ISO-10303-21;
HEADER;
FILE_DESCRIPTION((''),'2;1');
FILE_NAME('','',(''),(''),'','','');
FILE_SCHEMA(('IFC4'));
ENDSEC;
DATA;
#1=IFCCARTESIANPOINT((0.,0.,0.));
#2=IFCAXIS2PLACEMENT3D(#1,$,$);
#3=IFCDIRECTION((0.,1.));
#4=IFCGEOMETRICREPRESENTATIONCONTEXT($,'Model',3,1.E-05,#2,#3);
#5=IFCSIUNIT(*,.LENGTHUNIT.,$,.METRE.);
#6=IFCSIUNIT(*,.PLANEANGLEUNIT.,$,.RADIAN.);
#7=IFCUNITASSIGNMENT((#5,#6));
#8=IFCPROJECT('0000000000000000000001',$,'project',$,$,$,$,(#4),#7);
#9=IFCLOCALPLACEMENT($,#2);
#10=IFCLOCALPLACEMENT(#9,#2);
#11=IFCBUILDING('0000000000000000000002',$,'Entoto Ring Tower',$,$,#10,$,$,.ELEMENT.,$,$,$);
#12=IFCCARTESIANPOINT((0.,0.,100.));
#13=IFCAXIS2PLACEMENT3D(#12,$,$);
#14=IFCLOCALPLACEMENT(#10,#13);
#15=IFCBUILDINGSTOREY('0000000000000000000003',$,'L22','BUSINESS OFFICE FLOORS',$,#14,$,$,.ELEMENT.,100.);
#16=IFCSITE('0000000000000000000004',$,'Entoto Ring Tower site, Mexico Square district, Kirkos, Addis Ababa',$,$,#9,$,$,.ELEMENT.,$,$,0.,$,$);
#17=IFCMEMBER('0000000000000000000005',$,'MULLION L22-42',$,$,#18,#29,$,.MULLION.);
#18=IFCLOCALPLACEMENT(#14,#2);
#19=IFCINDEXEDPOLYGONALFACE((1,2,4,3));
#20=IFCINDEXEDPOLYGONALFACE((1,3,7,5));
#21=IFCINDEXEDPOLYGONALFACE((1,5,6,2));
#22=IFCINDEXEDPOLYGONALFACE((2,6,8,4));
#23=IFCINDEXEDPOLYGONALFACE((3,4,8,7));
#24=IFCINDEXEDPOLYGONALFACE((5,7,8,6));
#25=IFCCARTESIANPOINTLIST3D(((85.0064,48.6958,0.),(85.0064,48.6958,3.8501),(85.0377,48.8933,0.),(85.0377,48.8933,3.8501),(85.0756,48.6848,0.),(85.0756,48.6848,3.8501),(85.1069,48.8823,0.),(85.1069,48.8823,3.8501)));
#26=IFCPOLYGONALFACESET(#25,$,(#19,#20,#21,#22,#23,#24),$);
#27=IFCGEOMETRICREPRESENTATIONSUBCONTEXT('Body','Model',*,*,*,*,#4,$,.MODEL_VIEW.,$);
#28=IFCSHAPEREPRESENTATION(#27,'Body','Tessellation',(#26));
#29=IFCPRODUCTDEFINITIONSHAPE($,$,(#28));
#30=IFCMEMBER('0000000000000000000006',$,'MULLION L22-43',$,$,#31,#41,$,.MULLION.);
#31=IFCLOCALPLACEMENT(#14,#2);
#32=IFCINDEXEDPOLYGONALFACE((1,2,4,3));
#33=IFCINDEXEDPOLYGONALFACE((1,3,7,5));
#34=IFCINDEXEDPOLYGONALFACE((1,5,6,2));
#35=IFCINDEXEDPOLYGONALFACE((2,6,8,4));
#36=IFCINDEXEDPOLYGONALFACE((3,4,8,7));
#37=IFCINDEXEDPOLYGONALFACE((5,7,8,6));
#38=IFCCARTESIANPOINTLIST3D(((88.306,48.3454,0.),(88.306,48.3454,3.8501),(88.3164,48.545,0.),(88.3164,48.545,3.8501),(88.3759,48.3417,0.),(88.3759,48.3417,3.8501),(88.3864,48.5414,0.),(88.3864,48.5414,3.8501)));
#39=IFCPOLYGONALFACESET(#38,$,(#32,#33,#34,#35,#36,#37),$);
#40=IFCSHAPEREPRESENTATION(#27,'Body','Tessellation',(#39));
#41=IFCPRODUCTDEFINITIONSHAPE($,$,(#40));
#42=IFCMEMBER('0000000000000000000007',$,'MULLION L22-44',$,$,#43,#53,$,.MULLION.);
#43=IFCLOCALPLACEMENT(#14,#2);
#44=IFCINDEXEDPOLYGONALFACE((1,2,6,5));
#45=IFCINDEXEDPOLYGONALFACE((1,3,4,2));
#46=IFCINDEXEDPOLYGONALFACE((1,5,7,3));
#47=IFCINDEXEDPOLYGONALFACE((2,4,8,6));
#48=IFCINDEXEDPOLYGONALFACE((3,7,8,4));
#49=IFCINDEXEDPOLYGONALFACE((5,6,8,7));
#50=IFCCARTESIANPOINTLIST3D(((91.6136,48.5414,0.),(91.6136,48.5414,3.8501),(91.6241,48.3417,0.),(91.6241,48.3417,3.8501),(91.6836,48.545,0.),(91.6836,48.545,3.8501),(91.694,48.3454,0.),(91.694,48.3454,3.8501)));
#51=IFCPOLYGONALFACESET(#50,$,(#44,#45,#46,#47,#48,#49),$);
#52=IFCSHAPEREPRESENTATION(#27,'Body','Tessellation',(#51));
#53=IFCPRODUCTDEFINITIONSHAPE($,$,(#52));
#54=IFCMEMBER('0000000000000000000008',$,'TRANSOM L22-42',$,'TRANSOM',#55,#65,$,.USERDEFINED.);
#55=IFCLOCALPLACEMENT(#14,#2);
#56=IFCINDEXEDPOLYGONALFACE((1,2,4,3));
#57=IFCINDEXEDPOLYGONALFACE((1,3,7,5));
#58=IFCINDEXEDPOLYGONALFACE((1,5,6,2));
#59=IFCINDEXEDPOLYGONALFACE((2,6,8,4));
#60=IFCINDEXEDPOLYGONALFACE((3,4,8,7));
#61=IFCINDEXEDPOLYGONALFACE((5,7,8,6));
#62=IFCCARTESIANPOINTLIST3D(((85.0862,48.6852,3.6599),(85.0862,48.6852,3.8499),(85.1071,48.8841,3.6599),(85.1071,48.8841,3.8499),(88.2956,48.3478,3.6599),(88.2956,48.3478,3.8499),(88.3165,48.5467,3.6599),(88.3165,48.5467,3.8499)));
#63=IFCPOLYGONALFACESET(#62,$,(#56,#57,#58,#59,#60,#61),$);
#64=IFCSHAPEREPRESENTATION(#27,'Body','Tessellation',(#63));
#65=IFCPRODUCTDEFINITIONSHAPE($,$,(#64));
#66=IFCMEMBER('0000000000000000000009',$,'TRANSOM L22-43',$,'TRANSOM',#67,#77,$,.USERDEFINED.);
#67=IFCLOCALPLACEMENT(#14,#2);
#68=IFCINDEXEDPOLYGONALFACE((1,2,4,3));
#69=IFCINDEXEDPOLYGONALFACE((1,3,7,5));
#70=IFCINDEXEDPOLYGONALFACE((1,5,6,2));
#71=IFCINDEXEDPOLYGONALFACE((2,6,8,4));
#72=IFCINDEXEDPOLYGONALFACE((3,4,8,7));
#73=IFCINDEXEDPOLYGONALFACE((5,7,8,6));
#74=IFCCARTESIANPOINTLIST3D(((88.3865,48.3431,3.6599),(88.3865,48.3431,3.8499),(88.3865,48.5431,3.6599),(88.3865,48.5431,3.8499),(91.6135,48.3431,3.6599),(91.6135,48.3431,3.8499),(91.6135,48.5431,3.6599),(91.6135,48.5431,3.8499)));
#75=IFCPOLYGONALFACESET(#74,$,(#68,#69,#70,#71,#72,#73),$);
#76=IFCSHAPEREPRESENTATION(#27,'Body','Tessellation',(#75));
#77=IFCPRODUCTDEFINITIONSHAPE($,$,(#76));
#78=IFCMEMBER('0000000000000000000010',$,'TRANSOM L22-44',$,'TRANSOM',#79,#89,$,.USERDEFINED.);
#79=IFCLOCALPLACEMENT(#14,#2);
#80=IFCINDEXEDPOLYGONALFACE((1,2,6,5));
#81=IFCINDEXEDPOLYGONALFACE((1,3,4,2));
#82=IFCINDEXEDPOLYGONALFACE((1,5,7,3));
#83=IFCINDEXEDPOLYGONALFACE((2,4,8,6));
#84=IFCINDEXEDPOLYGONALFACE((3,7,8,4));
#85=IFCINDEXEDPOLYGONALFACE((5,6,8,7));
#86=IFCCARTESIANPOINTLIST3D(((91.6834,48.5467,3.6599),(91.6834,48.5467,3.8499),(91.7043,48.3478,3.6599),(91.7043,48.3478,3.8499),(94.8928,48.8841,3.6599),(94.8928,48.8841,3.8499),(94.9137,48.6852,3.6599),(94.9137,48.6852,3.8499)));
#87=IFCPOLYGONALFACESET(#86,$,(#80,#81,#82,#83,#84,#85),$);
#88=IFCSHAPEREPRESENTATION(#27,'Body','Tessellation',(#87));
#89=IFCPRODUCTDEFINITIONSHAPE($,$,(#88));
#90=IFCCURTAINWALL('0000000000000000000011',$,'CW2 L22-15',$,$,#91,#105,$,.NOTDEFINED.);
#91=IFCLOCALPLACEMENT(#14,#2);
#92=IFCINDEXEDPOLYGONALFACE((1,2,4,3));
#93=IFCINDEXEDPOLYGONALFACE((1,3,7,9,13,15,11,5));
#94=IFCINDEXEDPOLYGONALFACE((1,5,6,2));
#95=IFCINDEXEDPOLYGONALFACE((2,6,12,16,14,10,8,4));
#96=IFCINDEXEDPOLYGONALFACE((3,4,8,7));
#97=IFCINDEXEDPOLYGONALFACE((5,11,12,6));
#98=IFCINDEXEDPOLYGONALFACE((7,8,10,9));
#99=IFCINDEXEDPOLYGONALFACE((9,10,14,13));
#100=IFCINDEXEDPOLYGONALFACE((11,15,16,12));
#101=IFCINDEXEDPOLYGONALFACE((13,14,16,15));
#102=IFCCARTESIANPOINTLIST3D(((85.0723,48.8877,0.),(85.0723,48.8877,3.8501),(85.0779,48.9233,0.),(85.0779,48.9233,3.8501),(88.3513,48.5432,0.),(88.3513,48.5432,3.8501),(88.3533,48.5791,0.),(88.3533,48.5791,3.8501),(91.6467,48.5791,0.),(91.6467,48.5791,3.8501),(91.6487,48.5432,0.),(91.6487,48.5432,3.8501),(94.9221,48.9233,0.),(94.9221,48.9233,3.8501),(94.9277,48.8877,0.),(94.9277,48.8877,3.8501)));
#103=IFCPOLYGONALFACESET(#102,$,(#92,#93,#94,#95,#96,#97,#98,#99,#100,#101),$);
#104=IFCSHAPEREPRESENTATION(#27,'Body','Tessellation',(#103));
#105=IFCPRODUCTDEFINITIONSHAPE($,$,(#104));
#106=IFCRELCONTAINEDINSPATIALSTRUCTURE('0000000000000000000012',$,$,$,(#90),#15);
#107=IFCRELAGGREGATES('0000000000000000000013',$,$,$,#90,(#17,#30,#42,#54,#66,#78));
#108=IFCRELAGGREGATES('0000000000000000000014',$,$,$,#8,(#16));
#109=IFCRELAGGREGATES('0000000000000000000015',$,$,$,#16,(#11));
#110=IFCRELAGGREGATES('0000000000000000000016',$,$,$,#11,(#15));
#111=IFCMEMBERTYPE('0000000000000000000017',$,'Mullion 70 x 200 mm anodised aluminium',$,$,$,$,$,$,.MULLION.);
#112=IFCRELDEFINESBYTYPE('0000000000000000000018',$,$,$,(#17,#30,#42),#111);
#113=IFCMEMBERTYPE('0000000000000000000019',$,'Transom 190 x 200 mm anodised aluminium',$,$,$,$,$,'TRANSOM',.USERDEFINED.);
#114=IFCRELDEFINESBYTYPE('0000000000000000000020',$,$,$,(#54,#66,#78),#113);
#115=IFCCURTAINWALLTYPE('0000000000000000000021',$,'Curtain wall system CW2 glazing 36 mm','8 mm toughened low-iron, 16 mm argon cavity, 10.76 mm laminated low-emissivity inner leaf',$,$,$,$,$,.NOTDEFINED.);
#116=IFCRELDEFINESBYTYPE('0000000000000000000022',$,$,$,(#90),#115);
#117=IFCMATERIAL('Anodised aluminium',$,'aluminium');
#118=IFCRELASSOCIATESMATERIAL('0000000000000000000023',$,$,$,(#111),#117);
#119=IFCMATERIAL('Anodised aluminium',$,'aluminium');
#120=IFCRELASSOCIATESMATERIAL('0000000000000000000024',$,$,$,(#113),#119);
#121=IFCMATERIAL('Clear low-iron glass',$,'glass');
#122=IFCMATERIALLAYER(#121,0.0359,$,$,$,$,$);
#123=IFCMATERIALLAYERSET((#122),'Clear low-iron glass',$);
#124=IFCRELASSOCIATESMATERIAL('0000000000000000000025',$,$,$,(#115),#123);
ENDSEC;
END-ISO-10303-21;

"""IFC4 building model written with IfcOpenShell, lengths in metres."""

from ifc_helpers import new_model, si_unit, direction, frame, origin, origin_2d, place, context, subcontext, project, spatial, polyline, rectangle, outline, extrude, material, layer, layer_set, material_profile, profile_set, type_object, element, aggregate, save


model = new_model("IFC4")

# Units and contexts
model_context = context("Model", 3, precision=1e-05, world=origin(), true_north=direction((0.0, 1.0)))
body_context = subcontext(model_context, "Body", "Model", "MODEL_VIEW")
ifc_project = project(units=[si_unit("LENGTHUNIT", "METRE"), si_unit("PLANEANGLEUNIT", "RADIAN")], contexts=[model_context])

# Members
ifc_material_1 = material(Name="Anodised aluminium", Category="aluminium")
ifc_material_profile_1 = material_profile(ifc_material_1, rectangle(XDim=0.0701, YDim=0.2, at=origin_2d()), Name="Mullion 70 x 200 mm anodised aluminium")
ifc_profile_set_1 = profile_set([ifc_material_profile_1], Name="Anodised aluminium")
member_type_1 = type_object("IfcMemberType", Name="Mullion 70 x 200 mm anodised aluminium", PredefinedType="MULLION", material=ifc_profile_set_1)
site_placement = place(None, origin())
building_placement = place(site_placement, origin())
storey_placement = place(building_placement, frame((0.0, 0.0, 100.0)))
member_1_placement = place(storey_placement, frame((85.0566, 48.7891, 0.0), z_axis=(0.0, 0.0, 1.0), x_axis=(0.987688, -0.156434, 0.0)))
member_1 = element("IfcMember", 1, at=member_1_placement, type_object=member_type_1, Name="MULLION L22-42", PredefinedType="MULLION", context=body_context, shape_type="SweptSolid", body=[
    extrude(rectangle(XDim=0.0701, YDim=0.2, at=origin_2d()), origin(), (0.0, 0.0, 1.0), 3.8501),
])
member_2_placement = place(storey_placement, frame((88.3462, 48.4434, 0.0), z_axis=(0.0, 0.0, 1.0), x_axis=(0.99863, -0.052336, 0.0)))
member_2 = element("IfcMember", 2, at=member_2_placement, type_object=member_type_1, Name="MULLION L22-43", PredefinedType="MULLION", context=body_context, shape_type="SweptSolid", body=[
    extrude(rectangle(XDim=0.0701, YDim=0.2, at=origin_2d()), origin(), (0.0, 0.0, 1.0), 3.8501),
])
member_3_placement = place(storey_placement, frame((91.6538, 48.4434, 0.0), z_axis=(0.0, 0.0, 1.0), x_axis=(0.99863, 0.052336, 0.0)))
member_3 = element("IfcMember", 3, at=member_3_placement, type_object=member_type_1, Name="MULLION L22-44", PredefinedType="MULLION", context=body_context, shape_type="SweptSolid", body=[
    extrude(rectangle(XDim=0.0701, YDim=0.2, at=origin_2d()), origin(), (0.0, 0.0, 1.0), 3.8501),
])
ifc_material_2 = material(Name="Anodised aluminium", Category="aluminium")
ifc_material_profile_2 = material_profile(ifc_material_2, rectangle(XDim=0.2, YDim=0.1899, at=origin_2d()), Name="Transom 190 x 200 mm anodised aluminium")
ifc_profile_set_2 = profile_set([ifc_material_profile_2], Name="Anodised aluminium")
member_type_2 = type_object("IfcMemberType", Name="Transom 190 x 200 mm anodised aluminium", ElementType="TRANSOM", PredefinedType="USERDEFINED", material=ifc_profile_set_2)
member_4_placement = place(storey_placement, frame((85.0967, 48.7847, 3.7549), z_axis=(0.99452, -0.104551, 0.0), x_axis=(0.104551, 0.99452, 0.0)))
member_4 = element("IfcMember", 4, at=member_4_placement, type_object=member_type_2, Name="TRANSOM L22-42", ObjectType="TRANSOM", PredefinedType="USERDEFINED", context=body_context, shape_type="SweptSolid", body=[
    extrude(rectangle(XDim=0.2, YDim=0.1899, at=origin_2d()), origin(), (0.0, 0.0, 1.0), 3.2271),
])
member_5_placement = place(storey_placement, frame((88.3865, 48.4431, 3.7549), z_axis=(1.0, 0.0, 0.0), x_axis=(0.0, 1.0, 0.0)))
member_5 = element("IfcMember", 5, at=member_5_placement, type_object=member_type_2, Name="TRANSOM L22-43", ObjectType="TRANSOM", PredefinedType="USERDEFINED", context=body_context, shape_type="SweptSolid", body=[
    extrude(rectangle(XDim=0.2, YDim=0.1899, at=origin_2d()), origin(), (0.0, 0.0, 1.0), 3.2271),
])
member_6_placement = place(storey_placement, frame((91.6938, 48.4473, 3.7549), z_axis=(0.99452, 0.104551, 0.0), x_axis=(-0.104551, 0.99452, 0.0)))
member_6 = element("IfcMember", 6, at=member_6_placement, type_object=member_type_2, Name="TRANSOM L22-44", ObjectType="TRANSOM", PredefinedType="USERDEFINED", context=body_context, shape_type="SweptSolid", body=[
    extrude(rectangle(XDim=0.2, YDim=0.1899, at=origin_2d()), origin(), (0.0, 0.0, 1.0), 3.2271),
])

# Site, building, storey
site = spatial("IfcSite", under=ifc_project, at=site_placement, Name="Entoto Ring Tower site, Mexico Square district, Kirkos, Addis Ababa", CompositionType="ELEMENT", RefElevation=0.0)
building = spatial("IfcBuilding", under=site, at=building_placement, Name="Entoto Ring Tower", CompositionType="ELEMENT")
storey = spatial("IfcBuildingStorey", under=building, at=storey_placement, Name="L22", Description="BUSINESS OFFICE FLOORS", CompositionType="ELEMENT", Elevation=100.0)

# Curtain wall
ifc_material_3 = material(Name="Clear low-iron glass", Category="glass")
ifc_layer = layer(ifc_material_3, 0.0359)
ifc_layer_set = layer_set([ifc_layer], Name="Clear low-iron glass")
curtain_wall_type = type_object("IfcCurtainWallType", Name="Curtain wall system CW2 glazing 36 mm", Description="8 mm toughened low-iron, 16 mm argon cavity, 10.76 mm laminated low-emissivity inner leaf", PredefinedType="NOTDEFINED", material=ifc_layer_set)
curtain_wall_1_placement = place(storey_placement, origin())
curtain_wall_1 = element("IfcCurtainWall", 7, at=curtain_wall_1_placement, inside=storey, type_object=curtain_wall_type, Name="CW2 L22-15", PredefinedType="NOTDEFINED", context=body_context, shape_type="SweptSolid", body=[
    extrude(outline(polyline([(85.0723, 48.8877), (88.3513, 48.5432), (91.6487, 48.5432), (94.9277, 48.8877), (94.9221, 48.9233), (91.6467, 48.5791), (88.3533, 48.5791), (85.0779, 48.9233), (85.0723, 48.8877)])), origin(), (0.0, 0.0, 1.0), 3.8501),
])
aggregate(curtain_wall_1, [member_1, member_2, member_3, member_4, member_5, member_6])

save(model, "model.ifc")
